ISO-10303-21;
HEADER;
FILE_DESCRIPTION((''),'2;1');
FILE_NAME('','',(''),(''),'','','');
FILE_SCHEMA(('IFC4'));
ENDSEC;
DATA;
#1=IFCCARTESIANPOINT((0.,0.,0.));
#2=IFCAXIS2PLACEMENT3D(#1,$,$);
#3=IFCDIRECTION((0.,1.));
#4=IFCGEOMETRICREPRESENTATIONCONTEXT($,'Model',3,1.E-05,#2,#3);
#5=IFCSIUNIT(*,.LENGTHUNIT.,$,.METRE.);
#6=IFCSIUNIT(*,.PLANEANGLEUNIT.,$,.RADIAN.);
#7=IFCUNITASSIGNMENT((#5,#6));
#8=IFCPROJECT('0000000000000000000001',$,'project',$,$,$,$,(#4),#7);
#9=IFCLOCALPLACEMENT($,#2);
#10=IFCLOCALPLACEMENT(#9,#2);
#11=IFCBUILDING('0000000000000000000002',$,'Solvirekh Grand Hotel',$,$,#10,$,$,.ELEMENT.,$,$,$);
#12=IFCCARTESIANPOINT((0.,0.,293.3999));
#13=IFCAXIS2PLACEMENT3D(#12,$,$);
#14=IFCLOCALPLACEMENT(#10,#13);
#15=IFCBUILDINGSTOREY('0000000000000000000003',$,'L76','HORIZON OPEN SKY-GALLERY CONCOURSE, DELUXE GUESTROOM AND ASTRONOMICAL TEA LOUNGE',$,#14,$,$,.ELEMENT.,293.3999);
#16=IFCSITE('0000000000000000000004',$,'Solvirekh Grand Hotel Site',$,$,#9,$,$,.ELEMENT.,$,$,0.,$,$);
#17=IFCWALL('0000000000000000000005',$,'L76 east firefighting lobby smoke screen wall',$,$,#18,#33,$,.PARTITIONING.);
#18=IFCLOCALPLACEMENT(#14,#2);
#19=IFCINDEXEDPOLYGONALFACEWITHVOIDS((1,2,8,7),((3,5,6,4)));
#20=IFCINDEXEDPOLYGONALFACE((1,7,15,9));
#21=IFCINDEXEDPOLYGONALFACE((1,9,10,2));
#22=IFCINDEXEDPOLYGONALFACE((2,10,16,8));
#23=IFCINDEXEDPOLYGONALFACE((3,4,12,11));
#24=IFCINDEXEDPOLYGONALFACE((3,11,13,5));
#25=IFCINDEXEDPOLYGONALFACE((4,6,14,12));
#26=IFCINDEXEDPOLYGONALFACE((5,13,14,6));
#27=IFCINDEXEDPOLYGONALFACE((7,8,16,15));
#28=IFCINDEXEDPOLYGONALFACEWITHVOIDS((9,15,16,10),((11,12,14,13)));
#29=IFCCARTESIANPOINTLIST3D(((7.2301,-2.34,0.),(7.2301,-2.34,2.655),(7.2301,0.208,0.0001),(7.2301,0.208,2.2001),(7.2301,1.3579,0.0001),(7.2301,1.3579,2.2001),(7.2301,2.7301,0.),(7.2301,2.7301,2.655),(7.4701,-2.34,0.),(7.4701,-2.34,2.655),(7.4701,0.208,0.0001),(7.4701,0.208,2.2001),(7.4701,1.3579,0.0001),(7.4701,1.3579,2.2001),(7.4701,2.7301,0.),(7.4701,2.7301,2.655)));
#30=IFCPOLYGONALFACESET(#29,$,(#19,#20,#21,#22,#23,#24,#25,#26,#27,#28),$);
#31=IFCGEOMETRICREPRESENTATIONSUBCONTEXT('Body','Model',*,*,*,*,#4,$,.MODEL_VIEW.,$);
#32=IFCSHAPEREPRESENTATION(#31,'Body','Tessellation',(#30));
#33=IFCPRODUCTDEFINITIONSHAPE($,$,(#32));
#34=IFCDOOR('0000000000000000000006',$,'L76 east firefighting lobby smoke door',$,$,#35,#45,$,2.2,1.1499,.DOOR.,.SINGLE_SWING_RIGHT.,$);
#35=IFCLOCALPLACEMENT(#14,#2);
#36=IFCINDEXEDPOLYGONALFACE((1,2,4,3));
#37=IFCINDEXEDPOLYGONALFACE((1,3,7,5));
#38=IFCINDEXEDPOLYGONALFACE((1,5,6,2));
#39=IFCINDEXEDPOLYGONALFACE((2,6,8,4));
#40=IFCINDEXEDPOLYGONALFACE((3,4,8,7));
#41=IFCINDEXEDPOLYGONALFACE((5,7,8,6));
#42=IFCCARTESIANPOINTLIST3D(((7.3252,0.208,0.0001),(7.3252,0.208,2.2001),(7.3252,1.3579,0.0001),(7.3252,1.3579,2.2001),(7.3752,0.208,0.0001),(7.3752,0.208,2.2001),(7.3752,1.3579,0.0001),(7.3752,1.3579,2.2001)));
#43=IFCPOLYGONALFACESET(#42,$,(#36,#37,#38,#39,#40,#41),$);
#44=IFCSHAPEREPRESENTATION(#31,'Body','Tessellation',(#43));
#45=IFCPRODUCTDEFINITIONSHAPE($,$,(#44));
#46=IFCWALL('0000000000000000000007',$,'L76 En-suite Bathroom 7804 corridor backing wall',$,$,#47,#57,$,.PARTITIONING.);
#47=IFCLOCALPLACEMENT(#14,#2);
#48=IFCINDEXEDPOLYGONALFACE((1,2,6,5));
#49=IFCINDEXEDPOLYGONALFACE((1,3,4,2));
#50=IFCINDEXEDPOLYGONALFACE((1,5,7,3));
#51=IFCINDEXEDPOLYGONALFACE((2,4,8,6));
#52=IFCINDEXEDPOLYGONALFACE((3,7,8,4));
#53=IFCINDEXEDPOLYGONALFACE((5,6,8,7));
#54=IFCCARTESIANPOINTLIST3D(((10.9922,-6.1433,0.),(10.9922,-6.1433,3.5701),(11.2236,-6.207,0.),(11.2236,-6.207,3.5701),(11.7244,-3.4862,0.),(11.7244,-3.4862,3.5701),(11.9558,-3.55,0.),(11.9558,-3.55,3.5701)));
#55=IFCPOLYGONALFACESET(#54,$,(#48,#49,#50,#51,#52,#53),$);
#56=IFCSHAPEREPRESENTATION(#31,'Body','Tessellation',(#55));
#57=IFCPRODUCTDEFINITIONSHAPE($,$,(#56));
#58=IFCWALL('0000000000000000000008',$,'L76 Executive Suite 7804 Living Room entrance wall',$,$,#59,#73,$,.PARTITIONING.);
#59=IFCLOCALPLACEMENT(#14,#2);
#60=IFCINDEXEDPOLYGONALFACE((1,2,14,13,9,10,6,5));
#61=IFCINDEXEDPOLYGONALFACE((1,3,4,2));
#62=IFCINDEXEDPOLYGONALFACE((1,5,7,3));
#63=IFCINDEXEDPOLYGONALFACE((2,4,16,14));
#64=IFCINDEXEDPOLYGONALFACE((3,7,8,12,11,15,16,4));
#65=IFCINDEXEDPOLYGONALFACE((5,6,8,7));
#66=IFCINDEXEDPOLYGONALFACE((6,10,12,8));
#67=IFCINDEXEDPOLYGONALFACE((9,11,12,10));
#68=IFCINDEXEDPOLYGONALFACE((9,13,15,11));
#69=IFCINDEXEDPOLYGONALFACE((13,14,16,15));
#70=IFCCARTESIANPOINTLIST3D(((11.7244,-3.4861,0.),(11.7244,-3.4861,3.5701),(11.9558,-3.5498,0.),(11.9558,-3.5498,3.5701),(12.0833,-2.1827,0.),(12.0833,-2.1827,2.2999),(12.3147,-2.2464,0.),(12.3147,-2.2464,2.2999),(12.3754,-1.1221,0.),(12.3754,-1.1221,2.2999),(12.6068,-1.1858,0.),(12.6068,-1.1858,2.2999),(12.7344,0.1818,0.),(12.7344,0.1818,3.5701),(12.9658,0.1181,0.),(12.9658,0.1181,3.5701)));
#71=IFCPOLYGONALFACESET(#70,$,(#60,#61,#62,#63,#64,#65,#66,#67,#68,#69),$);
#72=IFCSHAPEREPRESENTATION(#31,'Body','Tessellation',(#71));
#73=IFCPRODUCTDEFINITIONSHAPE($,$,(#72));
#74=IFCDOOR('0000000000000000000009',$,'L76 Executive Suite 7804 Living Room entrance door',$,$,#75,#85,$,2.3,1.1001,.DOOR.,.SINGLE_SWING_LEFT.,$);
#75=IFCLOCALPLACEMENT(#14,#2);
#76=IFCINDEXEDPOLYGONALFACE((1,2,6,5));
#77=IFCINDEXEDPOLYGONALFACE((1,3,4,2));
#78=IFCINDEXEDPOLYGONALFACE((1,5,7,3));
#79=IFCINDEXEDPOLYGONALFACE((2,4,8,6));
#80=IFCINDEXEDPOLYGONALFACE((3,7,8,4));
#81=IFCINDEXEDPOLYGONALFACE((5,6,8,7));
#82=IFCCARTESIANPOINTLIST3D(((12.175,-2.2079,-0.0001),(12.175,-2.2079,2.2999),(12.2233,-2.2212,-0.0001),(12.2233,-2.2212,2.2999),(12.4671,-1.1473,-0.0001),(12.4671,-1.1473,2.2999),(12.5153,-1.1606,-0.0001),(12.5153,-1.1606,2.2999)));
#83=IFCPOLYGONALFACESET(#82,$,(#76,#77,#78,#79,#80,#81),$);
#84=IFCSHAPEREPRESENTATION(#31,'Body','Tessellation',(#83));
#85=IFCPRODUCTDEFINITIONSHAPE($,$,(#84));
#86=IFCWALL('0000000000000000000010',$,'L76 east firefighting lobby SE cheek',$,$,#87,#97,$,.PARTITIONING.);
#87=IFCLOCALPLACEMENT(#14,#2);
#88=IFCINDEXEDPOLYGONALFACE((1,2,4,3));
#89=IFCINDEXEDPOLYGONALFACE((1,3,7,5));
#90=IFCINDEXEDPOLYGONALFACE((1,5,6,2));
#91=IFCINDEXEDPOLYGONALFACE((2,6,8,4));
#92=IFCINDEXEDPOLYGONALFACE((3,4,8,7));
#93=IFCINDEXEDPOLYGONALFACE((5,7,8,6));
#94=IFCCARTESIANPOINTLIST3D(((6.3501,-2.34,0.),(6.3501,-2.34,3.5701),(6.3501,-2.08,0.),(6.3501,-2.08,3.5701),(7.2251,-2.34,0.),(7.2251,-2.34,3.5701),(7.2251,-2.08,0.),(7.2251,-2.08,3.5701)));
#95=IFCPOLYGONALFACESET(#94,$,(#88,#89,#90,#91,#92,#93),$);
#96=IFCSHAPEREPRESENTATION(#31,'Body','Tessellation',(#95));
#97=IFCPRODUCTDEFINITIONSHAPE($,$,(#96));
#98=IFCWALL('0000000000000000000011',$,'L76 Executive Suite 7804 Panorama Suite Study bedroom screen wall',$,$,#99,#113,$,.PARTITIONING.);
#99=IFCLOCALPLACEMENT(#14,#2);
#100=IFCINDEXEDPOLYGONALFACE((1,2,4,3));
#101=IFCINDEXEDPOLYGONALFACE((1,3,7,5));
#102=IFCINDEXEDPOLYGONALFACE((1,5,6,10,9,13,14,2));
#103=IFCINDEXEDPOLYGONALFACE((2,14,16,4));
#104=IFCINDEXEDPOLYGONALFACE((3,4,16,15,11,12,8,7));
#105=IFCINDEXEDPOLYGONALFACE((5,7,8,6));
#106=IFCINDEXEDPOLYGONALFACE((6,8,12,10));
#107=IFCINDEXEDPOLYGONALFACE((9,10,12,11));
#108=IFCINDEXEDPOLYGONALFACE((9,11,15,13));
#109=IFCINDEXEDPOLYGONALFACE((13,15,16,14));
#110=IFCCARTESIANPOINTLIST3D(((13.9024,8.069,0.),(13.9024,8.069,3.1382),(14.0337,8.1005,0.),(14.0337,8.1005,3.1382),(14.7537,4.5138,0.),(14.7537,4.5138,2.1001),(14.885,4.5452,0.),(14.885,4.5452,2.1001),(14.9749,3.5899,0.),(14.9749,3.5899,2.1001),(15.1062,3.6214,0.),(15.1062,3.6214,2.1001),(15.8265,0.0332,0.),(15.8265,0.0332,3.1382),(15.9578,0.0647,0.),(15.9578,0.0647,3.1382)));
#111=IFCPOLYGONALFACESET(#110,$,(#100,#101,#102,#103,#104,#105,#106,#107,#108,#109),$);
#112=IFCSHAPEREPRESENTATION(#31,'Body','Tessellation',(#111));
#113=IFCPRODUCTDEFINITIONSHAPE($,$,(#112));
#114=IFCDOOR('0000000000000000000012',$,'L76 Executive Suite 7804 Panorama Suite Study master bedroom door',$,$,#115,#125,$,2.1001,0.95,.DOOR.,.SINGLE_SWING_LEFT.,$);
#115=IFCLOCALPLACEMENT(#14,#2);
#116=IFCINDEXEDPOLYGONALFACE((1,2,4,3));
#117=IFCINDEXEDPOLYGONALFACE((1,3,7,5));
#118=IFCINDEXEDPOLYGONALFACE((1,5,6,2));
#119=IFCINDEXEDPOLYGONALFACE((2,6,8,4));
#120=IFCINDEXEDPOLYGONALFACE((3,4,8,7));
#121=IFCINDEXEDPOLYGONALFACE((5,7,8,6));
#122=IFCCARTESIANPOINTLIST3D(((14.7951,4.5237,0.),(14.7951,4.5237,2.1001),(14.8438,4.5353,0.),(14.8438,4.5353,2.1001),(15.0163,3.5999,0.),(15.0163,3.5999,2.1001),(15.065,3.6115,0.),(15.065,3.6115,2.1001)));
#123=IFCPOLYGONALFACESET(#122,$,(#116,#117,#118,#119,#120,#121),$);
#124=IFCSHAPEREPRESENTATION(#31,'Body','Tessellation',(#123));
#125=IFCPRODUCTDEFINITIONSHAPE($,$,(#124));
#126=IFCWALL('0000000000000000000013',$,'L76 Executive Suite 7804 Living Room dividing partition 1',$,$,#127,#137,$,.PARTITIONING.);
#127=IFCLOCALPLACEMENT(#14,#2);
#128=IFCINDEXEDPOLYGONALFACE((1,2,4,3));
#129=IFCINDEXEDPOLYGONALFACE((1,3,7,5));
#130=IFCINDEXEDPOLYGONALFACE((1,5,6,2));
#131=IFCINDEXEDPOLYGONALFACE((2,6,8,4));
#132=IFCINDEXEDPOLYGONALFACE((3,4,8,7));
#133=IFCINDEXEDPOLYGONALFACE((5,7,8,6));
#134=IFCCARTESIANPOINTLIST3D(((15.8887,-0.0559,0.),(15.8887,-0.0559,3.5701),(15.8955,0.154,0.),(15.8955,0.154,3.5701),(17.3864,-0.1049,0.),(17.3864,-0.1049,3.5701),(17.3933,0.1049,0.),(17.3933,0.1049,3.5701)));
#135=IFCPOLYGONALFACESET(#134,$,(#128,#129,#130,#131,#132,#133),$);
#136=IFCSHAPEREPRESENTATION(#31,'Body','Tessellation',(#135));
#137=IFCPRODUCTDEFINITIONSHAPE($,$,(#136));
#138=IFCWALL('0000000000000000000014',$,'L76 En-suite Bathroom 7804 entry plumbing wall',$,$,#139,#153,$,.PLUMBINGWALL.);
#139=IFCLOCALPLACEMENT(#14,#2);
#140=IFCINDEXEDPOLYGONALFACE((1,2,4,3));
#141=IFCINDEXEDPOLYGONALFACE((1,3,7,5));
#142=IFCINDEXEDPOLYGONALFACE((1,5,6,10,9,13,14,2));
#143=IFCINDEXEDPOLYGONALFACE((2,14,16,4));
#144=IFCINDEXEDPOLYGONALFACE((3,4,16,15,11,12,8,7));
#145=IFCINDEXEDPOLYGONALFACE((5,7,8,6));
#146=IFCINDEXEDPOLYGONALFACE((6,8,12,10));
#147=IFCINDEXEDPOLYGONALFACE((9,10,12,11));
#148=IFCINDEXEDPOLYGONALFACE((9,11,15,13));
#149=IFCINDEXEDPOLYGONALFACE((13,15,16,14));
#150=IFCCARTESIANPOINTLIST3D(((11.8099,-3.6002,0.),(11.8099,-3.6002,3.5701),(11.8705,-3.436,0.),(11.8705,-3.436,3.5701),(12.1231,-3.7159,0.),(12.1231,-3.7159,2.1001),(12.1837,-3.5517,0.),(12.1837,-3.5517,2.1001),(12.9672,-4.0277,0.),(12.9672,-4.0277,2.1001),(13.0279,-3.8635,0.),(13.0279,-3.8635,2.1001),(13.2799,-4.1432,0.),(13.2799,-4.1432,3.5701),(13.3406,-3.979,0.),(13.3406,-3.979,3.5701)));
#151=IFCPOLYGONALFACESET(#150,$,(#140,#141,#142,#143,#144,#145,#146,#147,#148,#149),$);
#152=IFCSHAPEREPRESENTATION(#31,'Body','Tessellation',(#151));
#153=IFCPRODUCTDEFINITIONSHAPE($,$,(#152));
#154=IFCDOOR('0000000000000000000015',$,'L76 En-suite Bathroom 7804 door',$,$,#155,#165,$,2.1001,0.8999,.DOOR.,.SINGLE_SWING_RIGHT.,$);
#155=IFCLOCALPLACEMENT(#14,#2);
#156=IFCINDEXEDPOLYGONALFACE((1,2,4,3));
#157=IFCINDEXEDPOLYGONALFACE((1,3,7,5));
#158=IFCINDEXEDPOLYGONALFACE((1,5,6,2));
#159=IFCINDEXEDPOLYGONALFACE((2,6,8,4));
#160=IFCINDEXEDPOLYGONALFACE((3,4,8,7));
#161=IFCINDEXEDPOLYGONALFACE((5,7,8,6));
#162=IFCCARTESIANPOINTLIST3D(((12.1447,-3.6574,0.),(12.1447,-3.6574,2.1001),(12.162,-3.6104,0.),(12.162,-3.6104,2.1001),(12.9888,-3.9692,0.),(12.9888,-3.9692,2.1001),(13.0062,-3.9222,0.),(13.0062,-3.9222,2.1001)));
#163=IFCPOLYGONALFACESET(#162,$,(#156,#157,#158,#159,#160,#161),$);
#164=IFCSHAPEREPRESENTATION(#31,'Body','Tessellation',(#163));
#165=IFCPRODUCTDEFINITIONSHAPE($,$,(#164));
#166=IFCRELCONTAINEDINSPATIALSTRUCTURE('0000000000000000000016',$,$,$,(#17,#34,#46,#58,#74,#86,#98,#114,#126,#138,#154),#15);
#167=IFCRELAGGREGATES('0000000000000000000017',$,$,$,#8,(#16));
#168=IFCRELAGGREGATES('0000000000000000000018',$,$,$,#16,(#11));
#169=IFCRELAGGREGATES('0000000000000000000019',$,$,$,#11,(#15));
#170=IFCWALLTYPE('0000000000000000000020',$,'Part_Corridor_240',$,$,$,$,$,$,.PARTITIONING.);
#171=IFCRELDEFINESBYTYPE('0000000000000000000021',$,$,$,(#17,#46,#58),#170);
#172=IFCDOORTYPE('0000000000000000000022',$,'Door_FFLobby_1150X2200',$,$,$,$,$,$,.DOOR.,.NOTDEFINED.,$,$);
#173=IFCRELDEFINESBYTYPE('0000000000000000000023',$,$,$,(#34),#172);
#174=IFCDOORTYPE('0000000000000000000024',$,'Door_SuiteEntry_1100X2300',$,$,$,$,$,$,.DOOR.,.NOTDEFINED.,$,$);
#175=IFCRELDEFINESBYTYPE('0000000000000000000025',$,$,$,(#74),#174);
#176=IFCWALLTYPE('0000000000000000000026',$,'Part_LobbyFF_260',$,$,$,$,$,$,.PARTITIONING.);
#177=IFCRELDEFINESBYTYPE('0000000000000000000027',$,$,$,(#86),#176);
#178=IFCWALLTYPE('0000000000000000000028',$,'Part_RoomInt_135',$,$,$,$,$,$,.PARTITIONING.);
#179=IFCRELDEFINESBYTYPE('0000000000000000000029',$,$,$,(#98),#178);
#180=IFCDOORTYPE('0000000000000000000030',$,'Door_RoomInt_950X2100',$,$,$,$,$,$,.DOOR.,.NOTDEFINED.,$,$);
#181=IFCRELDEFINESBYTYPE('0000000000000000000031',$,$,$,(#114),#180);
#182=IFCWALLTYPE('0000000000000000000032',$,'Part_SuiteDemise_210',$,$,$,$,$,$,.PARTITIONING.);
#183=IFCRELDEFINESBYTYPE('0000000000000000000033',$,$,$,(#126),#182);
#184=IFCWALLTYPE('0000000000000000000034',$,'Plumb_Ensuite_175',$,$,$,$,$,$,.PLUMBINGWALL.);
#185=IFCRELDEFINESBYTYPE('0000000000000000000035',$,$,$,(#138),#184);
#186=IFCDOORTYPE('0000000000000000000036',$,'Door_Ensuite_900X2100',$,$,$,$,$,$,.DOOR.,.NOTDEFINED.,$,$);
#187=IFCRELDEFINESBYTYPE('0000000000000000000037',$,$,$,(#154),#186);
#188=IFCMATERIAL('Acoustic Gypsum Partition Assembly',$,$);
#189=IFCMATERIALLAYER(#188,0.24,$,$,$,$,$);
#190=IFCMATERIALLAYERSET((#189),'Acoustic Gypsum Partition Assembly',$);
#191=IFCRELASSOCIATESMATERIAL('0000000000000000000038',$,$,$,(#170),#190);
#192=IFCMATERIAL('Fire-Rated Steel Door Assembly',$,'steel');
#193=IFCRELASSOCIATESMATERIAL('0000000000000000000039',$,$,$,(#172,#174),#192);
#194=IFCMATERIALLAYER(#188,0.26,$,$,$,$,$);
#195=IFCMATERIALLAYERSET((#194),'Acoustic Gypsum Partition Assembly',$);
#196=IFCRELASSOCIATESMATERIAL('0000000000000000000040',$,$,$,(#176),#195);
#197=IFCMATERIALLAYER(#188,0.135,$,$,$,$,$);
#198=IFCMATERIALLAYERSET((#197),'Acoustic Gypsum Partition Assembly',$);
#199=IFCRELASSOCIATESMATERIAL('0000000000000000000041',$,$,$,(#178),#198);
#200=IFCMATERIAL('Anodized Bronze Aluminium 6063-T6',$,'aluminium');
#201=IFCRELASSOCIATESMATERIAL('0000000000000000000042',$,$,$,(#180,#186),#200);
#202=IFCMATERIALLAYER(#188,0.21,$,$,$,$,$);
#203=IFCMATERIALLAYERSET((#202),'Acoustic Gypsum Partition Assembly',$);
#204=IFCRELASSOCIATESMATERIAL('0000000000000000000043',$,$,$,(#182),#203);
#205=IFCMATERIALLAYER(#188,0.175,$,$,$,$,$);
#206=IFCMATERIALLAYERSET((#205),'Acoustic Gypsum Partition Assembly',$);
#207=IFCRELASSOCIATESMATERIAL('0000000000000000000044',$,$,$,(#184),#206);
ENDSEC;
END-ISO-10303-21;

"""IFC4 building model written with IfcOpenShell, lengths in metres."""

from ifc_helpers import new_model, si_unit, direction, frame, frame_2d, origin, place, context, subcontext, project, spatial, rectangle, extrude, material, layer, layer_set, type_object, element, fill, save


model = new_model("IFC4")

# Units and contexts
model_context = context("Model", 3, precision=1e-05, world=origin(), true_north=direction((0.0, 1.0)))
body_context = subcontext(model_context, "Body", "Model", "MODEL_VIEW")
ifc_project = project(units=[si_unit("LENGTHUNIT", "METRE"), si_unit("PLANEANGLEUNIT", "RADIAN")], contexts=[model_context])

# Site, building, storey
site_placement = place(None, origin())
site = spatial("IfcSite", under=ifc_project, at=site_placement, Name="Solvirekh Grand Hotel Site", CompositionType="ELEMENT", RefElevation=0.0)
building_placement = place(site_placement, origin())
building = spatial("IfcBuilding", under=site, at=building_placement, Name="Solvirekh Grand Hotel", CompositionType="ELEMENT")
storey_placement = place(building_placement, frame((0.0, 0.0, 293.3999)))
storey = spatial("IfcBuildingStorey", under=building, at=storey_placement, Name="L76", Description="HORIZON OPEN SKY-GALLERY CONCOURSE, DELUXE GUESTROOM AND ASTRONOMICAL TEA LOUNGE", CompositionType="ELEMENT", Elevation=293.3999)

# Wall, opening, door
ifc_material_1 = material(Name="Fire-Rated Steel Door Assembly", Category="steel")
ifc_material_2 = material(Name="Anodized Bronze Aluminium 6063-T6", Category="aluminium")
ifc_material_3 = material(Name="Acoustic Gypsum Partition Assembly")
ifc_layer_1 = layer(ifc_material_3, 0.24)
ifc_layer_set_1 = layer_set([ifc_layer_1], Name="Acoustic Gypsum Partition Assembly")
wall_type_1 = type_object("IfcWallType", Name="Part_Corridor_240", PredefinedType="PARTITIONING", material=ifc_layer_set_1)
wall_1_placement = place(storey_placement, frame((7.3501, -2.3401, 0.0), z_axis=(0.0, 0.0, 1.0), x_axis=(0.0, 1.0, 0.0)))
wall_1 = element("IfcWall", 1, at=wall_1_placement, inside=storey, type_object=wall_type_1, Name="L76 east firefighting lobby smoke screen wall", PredefinedType="PARTITIONING", context=body_context, shape_type="SweptSolid", body=[
    extrude(rectangle(XDim=5.0701, YDim=0.24, at=frame_2d((2.5352, 0.0))), origin(), (0.0, 0.0, 1.0), 2.655),
])
opening_1_placement = place(wall_1_placement, frame((2.5481, 0.0, 0.0)))
opening_1 = element("IfcOpeningElement", 2, at=opening_1_placement, cuts=wall_1, PredefinedType="OPENING", context=body_context, shape_type="SweptSolid", body=[
    extrude(rectangle(XDim=1.1499, YDim=2.2, at=frame_2d((0.575, 1.1001))), frame((0.0, 0.1299, 0.0), z_axis=(0.0, -1.0, 0.0), x_axis=(1.0, 0.0, 0.0)), (0.0, 0.0, 1.0), 0.26),
])
door_type_1 = type_object("IfcDoorType", Name="Door_FFLobby_1150X2200", OperationType="NOTDEFINED", PredefinedType="DOOR", material=ifc_material_1)
door_1_placement = place(opening_1_placement, origin())
door_1 = element("IfcDoor", 3, at=door_1_placement, inside=storey, type_object=door_type_1, Name="L76 east firefighting lobby smoke door", OperationType="SINGLE_SWING_RIGHT", OverallHeight=2.2, OverallWidth=1.1499, PredefinedType="DOOR", context=body_context, shape_type="SweptSolid", body=[
    extrude(rectangle(XDim=1.1499, YDim=2.2, at=frame_2d((0.575, 1.1001))), frame((0.0, 0.0249, 0.0), z_axis=(0.0, -1.0, 0.0), x_axis=(1.0, 0.0, 0.0)), (0.0, 0.0, 1.0), 0.05),
])
fill(opening_1, door_1)

# Wall
wall_2_placement = place(storey_placement, frame((11.1079, -6.175, 0.0), z_axis=(0.0, 0.0, 1.0), x_axis=(0.265665, 0.964065, 0.0)))
element("IfcWall", 4, at=wall_2_placement, inside=storey, type_object=wall_type_1, Name="L76 En-suite Bathroom 7804 corridor backing wall", PredefinedType="PARTITIONING", context=body_context, shape_type="SweptSolid", body=[
    extrude(rectangle(XDim=2.7561, YDim=0.24, at=frame_2d((1.3779, 0.0))), origin(), (0.0, 0.0, 1.0), 3.5701),
])

# Wall, opening, door
wall_3_placement = place(storey_placement, frame((11.8401, -3.5181, 0.0), z_axis=(0.0, 0.0, 1.0), x_axis=(0.265479, 0.964117, 0.0)))
wall_3 = element("IfcWall", 5, at=wall_3_placement, inside=storey, type_object=wall_type_1, Name="L76 Executive Suite 7804 Living Room entrance wall", PredefinedType="PARTITIONING", context=body_context, shape_type="SweptSolid", body=[
    extrude(rectangle(XDim=3.8044, YDim=0.24, at=frame_2d((1.9023, 0.0))), origin(), (0.0, 0.0, 1.0), 3.5701),
])
opening_2_placement = place(wall_3_placement, frame((1.3521, 0.0, 0.0)))
opening_2 = element("IfcOpeningElement", 6, at=opening_2_placement, cuts=wall_3, PredefinedType="OPENING", context=body_context, shape_type="SweptSolid", body=[
    extrude(rectangle(XDim=1.1001, YDim=2.3, at=frame_2d((0.55, 1.1499))), frame((0.0, 0.1299, 0.0), z_axis=(0.0, -1.0, 0.0), x_axis=(1.0, 0.0, 0.0)), (0.0, 0.0, 1.0), 0.26),
])
door_type_2 = type_object("IfcDoorType", Name="Door_SuiteEntry_1100X2300", OperationType="NOTDEFINED", PredefinedType="DOOR", material=ifc_material_1)
door_2_placement = place(opening_2_placement, origin())
door_2 = element("IfcDoor", 7, at=door_2_placement, inside=storey, type_object=door_type_2, Name="L76 Executive Suite 7804 Living Room entrance door", OperationType="SINGLE_SWING_LEFT", OverallHeight=2.3, OverallWidth=1.1001, PredefinedType="DOOR", context=body_context, shape_type="SweptSolid", body=[
    extrude(rectangle(XDim=1.1001, YDim=2.3, at=frame_2d((0.55, 1.1499))), frame((0.0, 0.0249, 0.0), z_axis=(0.0, -1.0, 0.0), x_axis=(1.0, 0.0, 0.0)), (0.0, 0.0, 1.0), 0.05),
])
fill(opening_2, door_2)

# Wall
ifc_layer_2 = layer(ifc_material_3, 0.26)
ifc_layer_set_2 = layer_set([ifc_layer_2], Name="Acoustic Gypsum Partition Assembly")
wall_type_2 = type_object("IfcWallType", Name="Part_LobbyFF_260", PredefinedType="PARTITIONING", material=ifc_layer_set_2)
wall_4_placement = place(storey_placement, frame((6.3501, -2.21, 0.0), z_axis=(0.0, 0.0, 1.0), x_axis=(1.0, 0.0, 0.0)))
element("IfcWall", 8, at=wall_4_placement, inside=storey, type_object=wall_type_2, Name="L76 east firefighting lobby SE cheek", PredefinedType="PARTITIONING", context=body_context, shape_type="SweptSolid", body=[
    extrude(rectangle(XDim=0.875, YDim=0.26, at=frame_2d((0.4375, 0.0))), origin(), (0.0, 0.0, 1.0), 3.5701),
])

# Wall, opening, door
ifc_layer_3 = layer(ifc_material_3, 0.135)
ifc_layer_set_3 = layer_set([ifc_layer_3], Name="Acoustic Gypsum Partition Assembly")
wall_type_3 = type_object("IfcWallType", Name="Part_RoomInt_135", PredefinedType="PARTITIONING", material=ifc_layer_set_3)
wall_5_placement = place(storey_placement, frame((15.8921, 0.0491, 0.0), z_axis=(0.0, 0.0, 1.0), x_axis=(-0.232853, 0.972512, 0.0)))
wall_5 = element("IfcWall", 9, at=wall_5_placement, inside=storey, type_object=wall_type_3, Name="L76 Executive Suite 7804 Panorama Suite Study bedroom screen wall", PredefinedType="PARTITIONING", context=body_context, shape_type="SweptSolid", body=[
    extrude(rectangle(XDim=8.2629, YDim=0.135, at=frame_2d((4.1313, 0.0))), origin(), (0.0, 0.0, 1.0), 3.1382),
])
opening_3_placement = place(wall_5_placement, frame((3.657, 0.0, 0.0)))
opening_3 = element("IfcOpeningElement", 10, at=opening_3_placement, cuts=wall_5, PredefinedType="OPENING", context=body_context, shape_type="SweptSolid", body=[
    extrude(rectangle(XDim=0.95, YDim=2.1001, at=frame_2d((0.4751, 1.05))), frame((0.0, 0.0776, 0.0), z_axis=(0.0, -1.0, 0.0), x_axis=(1.0, 0.0, 0.0)), (0.0, 0.0, 1.0), 0.155),
])
door_type_3 = type_object("IfcDoorType", Name="Door_RoomInt_950X2100", OperationType="NOTDEFINED", PredefinedType="DOOR", material=ifc_material_2)
door_3_placement = place(opening_3_placement, origin())
door_3 = element("IfcDoor", 11, at=door_3_placement, inside=storey, type_object=door_type_3, Name="L76 Executive Suite 7804 Panorama Suite Study master bedroom door", OperationType="SINGLE_SWING_LEFT", OverallHeight=2.1001, OverallWidth=0.95, PredefinedType="DOOR", context=body_context, shape_type="SweptSolid", body=[
    extrude(rectangle(XDim=0.95, YDim=2.1001, at=frame_2d((0.4751, 1.05))), frame((0.0, 0.0249, 0.0), z_axis=(0.0, -1.0, 0.0), x_axis=(1.0, 0.0, 0.0)), (0.0, 0.0, 1.0), 0.05),
])
fill(opening_3, door_3)

# Wall
ifc_layer_4 = layer(ifc_material_3, 0.21)
ifc_layer_set_4 = layer_set([ifc_layer_4], Name="Acoustic Gypsum Partition Assembly")
wall_type_4 = type_object("IfcWallType", Name="Part_SuiteDemise_210", PredefinedType="PARTITIONING", material=ifc_layer_set_4)
wall_6_placement = place(storey_placement, frame((15.8921, 0.0491, 0.0), z_axis=(0.0, 0.0, 1.0), x_axis=(0.999464, -0.032745, 0.0)))
element("IfcWall", 12, at=wall_6_placement, inside=storey, type_object=wall_type_4, Name="L76 Executive Suite 7804 Living Room dividing partition 1", PredefinedType="PARTITIONING", context=body_context, shape_type="SweptSolid", body=[
    extrude(rectangle(XDim=1.4985, YDim=0.21, at=frame_2d((0.7493, 0.0))), origin(), (0.0, 0.0, 1.0), 3.5701),
])

# Wall, opening, door
ifc_layer_5 = layer(ifc_material_3, 0.175)
ifc_layer_set_5 = layer_set([ifc_layer_5], Name="Acoustic Gypsum Partition Assembly")
wall_type_5 = type_object("IfcWallType", Name="Plumb_Ensuite_175", PredefinedType="PLUMBINGWALL", material=ifc_layer_set_5)
wall_7_placement = place(storey_placement, frame((11.8401, -3.5181, 0.0), z_axis=(0.0, 0.0, 1.0), x_axis=(0.938053, -0.346492, 0.0)))
wall_7 = element("IfcWall", 13, at=wall_7_placement, inside=storey, type_object=wall_type_5, Name="L76 En-suite Bathroom 7804 entry plumbing wall", PredefinedType="PLUMBINGWALL", context=body_context, shape_type="SweptSolid", body=[
    extrude(rectangle(XDim=1.5671, YDim=0.175, at=frame_2d((0.7837, 0.0))), origin(), (0.0, 0.0, 1.0), 3.5701),
])
opening_4_placement = place(wall_7_placement, frame((0.334, 0.0, 0.0)))
opening_4 = element("IfcOpeningElement", 14, at=opening_4_placement, cuts=wall_7, PredefinedType="OPENING", context=body_context, shape_type="SweptSolid", body=[
    extrude(rectangle(XDim=0.8999, YDim=2.1001, at=frame_2d((0.45, 1.05))), frame((0.0, 0.0977, 0.0), z_axis=(0.0, -1.0, 0.0), x_axis=(1.0, 0.0, 0.0)), (0.0, 0.0, 1.0), 0.1951),
])
door_type_4 = type_object("IfcDoorType", Name="Door_Ensuite_900X2100", OperationType="NOTDEFINED", PredefinedType="DOOR", material=ifc_material_2)
door_4_placement = place(opening_4_placement, origin())
door_4 = element("IfcDoor", 15, at=door_4_placement, inside=storey, type_object=door_type_4, Name="L76 En-suite Bathroom 7804 door", OperationType="SINGLE_SWING_RIGHT", OverallHeight=2.1001, OverallWidth=0.8999, PredefinedType="DOOR", context=body_context, shape_type="SweptSolid", body=[
    extrude(rectangle(XDim=0.8999, YDim=2.1001, at=frame_2d((0.45, 1.05))), frame((0.0, 0.0249, 0.0), z_axis=(0.0, -1.0, 0.0), x_axis=(1.0, 0.0, 0.0)), (0.0, 0.0, 1.0), 0.05),
])
fill(opening_4, door_4)

save(model, "model.ifc")
